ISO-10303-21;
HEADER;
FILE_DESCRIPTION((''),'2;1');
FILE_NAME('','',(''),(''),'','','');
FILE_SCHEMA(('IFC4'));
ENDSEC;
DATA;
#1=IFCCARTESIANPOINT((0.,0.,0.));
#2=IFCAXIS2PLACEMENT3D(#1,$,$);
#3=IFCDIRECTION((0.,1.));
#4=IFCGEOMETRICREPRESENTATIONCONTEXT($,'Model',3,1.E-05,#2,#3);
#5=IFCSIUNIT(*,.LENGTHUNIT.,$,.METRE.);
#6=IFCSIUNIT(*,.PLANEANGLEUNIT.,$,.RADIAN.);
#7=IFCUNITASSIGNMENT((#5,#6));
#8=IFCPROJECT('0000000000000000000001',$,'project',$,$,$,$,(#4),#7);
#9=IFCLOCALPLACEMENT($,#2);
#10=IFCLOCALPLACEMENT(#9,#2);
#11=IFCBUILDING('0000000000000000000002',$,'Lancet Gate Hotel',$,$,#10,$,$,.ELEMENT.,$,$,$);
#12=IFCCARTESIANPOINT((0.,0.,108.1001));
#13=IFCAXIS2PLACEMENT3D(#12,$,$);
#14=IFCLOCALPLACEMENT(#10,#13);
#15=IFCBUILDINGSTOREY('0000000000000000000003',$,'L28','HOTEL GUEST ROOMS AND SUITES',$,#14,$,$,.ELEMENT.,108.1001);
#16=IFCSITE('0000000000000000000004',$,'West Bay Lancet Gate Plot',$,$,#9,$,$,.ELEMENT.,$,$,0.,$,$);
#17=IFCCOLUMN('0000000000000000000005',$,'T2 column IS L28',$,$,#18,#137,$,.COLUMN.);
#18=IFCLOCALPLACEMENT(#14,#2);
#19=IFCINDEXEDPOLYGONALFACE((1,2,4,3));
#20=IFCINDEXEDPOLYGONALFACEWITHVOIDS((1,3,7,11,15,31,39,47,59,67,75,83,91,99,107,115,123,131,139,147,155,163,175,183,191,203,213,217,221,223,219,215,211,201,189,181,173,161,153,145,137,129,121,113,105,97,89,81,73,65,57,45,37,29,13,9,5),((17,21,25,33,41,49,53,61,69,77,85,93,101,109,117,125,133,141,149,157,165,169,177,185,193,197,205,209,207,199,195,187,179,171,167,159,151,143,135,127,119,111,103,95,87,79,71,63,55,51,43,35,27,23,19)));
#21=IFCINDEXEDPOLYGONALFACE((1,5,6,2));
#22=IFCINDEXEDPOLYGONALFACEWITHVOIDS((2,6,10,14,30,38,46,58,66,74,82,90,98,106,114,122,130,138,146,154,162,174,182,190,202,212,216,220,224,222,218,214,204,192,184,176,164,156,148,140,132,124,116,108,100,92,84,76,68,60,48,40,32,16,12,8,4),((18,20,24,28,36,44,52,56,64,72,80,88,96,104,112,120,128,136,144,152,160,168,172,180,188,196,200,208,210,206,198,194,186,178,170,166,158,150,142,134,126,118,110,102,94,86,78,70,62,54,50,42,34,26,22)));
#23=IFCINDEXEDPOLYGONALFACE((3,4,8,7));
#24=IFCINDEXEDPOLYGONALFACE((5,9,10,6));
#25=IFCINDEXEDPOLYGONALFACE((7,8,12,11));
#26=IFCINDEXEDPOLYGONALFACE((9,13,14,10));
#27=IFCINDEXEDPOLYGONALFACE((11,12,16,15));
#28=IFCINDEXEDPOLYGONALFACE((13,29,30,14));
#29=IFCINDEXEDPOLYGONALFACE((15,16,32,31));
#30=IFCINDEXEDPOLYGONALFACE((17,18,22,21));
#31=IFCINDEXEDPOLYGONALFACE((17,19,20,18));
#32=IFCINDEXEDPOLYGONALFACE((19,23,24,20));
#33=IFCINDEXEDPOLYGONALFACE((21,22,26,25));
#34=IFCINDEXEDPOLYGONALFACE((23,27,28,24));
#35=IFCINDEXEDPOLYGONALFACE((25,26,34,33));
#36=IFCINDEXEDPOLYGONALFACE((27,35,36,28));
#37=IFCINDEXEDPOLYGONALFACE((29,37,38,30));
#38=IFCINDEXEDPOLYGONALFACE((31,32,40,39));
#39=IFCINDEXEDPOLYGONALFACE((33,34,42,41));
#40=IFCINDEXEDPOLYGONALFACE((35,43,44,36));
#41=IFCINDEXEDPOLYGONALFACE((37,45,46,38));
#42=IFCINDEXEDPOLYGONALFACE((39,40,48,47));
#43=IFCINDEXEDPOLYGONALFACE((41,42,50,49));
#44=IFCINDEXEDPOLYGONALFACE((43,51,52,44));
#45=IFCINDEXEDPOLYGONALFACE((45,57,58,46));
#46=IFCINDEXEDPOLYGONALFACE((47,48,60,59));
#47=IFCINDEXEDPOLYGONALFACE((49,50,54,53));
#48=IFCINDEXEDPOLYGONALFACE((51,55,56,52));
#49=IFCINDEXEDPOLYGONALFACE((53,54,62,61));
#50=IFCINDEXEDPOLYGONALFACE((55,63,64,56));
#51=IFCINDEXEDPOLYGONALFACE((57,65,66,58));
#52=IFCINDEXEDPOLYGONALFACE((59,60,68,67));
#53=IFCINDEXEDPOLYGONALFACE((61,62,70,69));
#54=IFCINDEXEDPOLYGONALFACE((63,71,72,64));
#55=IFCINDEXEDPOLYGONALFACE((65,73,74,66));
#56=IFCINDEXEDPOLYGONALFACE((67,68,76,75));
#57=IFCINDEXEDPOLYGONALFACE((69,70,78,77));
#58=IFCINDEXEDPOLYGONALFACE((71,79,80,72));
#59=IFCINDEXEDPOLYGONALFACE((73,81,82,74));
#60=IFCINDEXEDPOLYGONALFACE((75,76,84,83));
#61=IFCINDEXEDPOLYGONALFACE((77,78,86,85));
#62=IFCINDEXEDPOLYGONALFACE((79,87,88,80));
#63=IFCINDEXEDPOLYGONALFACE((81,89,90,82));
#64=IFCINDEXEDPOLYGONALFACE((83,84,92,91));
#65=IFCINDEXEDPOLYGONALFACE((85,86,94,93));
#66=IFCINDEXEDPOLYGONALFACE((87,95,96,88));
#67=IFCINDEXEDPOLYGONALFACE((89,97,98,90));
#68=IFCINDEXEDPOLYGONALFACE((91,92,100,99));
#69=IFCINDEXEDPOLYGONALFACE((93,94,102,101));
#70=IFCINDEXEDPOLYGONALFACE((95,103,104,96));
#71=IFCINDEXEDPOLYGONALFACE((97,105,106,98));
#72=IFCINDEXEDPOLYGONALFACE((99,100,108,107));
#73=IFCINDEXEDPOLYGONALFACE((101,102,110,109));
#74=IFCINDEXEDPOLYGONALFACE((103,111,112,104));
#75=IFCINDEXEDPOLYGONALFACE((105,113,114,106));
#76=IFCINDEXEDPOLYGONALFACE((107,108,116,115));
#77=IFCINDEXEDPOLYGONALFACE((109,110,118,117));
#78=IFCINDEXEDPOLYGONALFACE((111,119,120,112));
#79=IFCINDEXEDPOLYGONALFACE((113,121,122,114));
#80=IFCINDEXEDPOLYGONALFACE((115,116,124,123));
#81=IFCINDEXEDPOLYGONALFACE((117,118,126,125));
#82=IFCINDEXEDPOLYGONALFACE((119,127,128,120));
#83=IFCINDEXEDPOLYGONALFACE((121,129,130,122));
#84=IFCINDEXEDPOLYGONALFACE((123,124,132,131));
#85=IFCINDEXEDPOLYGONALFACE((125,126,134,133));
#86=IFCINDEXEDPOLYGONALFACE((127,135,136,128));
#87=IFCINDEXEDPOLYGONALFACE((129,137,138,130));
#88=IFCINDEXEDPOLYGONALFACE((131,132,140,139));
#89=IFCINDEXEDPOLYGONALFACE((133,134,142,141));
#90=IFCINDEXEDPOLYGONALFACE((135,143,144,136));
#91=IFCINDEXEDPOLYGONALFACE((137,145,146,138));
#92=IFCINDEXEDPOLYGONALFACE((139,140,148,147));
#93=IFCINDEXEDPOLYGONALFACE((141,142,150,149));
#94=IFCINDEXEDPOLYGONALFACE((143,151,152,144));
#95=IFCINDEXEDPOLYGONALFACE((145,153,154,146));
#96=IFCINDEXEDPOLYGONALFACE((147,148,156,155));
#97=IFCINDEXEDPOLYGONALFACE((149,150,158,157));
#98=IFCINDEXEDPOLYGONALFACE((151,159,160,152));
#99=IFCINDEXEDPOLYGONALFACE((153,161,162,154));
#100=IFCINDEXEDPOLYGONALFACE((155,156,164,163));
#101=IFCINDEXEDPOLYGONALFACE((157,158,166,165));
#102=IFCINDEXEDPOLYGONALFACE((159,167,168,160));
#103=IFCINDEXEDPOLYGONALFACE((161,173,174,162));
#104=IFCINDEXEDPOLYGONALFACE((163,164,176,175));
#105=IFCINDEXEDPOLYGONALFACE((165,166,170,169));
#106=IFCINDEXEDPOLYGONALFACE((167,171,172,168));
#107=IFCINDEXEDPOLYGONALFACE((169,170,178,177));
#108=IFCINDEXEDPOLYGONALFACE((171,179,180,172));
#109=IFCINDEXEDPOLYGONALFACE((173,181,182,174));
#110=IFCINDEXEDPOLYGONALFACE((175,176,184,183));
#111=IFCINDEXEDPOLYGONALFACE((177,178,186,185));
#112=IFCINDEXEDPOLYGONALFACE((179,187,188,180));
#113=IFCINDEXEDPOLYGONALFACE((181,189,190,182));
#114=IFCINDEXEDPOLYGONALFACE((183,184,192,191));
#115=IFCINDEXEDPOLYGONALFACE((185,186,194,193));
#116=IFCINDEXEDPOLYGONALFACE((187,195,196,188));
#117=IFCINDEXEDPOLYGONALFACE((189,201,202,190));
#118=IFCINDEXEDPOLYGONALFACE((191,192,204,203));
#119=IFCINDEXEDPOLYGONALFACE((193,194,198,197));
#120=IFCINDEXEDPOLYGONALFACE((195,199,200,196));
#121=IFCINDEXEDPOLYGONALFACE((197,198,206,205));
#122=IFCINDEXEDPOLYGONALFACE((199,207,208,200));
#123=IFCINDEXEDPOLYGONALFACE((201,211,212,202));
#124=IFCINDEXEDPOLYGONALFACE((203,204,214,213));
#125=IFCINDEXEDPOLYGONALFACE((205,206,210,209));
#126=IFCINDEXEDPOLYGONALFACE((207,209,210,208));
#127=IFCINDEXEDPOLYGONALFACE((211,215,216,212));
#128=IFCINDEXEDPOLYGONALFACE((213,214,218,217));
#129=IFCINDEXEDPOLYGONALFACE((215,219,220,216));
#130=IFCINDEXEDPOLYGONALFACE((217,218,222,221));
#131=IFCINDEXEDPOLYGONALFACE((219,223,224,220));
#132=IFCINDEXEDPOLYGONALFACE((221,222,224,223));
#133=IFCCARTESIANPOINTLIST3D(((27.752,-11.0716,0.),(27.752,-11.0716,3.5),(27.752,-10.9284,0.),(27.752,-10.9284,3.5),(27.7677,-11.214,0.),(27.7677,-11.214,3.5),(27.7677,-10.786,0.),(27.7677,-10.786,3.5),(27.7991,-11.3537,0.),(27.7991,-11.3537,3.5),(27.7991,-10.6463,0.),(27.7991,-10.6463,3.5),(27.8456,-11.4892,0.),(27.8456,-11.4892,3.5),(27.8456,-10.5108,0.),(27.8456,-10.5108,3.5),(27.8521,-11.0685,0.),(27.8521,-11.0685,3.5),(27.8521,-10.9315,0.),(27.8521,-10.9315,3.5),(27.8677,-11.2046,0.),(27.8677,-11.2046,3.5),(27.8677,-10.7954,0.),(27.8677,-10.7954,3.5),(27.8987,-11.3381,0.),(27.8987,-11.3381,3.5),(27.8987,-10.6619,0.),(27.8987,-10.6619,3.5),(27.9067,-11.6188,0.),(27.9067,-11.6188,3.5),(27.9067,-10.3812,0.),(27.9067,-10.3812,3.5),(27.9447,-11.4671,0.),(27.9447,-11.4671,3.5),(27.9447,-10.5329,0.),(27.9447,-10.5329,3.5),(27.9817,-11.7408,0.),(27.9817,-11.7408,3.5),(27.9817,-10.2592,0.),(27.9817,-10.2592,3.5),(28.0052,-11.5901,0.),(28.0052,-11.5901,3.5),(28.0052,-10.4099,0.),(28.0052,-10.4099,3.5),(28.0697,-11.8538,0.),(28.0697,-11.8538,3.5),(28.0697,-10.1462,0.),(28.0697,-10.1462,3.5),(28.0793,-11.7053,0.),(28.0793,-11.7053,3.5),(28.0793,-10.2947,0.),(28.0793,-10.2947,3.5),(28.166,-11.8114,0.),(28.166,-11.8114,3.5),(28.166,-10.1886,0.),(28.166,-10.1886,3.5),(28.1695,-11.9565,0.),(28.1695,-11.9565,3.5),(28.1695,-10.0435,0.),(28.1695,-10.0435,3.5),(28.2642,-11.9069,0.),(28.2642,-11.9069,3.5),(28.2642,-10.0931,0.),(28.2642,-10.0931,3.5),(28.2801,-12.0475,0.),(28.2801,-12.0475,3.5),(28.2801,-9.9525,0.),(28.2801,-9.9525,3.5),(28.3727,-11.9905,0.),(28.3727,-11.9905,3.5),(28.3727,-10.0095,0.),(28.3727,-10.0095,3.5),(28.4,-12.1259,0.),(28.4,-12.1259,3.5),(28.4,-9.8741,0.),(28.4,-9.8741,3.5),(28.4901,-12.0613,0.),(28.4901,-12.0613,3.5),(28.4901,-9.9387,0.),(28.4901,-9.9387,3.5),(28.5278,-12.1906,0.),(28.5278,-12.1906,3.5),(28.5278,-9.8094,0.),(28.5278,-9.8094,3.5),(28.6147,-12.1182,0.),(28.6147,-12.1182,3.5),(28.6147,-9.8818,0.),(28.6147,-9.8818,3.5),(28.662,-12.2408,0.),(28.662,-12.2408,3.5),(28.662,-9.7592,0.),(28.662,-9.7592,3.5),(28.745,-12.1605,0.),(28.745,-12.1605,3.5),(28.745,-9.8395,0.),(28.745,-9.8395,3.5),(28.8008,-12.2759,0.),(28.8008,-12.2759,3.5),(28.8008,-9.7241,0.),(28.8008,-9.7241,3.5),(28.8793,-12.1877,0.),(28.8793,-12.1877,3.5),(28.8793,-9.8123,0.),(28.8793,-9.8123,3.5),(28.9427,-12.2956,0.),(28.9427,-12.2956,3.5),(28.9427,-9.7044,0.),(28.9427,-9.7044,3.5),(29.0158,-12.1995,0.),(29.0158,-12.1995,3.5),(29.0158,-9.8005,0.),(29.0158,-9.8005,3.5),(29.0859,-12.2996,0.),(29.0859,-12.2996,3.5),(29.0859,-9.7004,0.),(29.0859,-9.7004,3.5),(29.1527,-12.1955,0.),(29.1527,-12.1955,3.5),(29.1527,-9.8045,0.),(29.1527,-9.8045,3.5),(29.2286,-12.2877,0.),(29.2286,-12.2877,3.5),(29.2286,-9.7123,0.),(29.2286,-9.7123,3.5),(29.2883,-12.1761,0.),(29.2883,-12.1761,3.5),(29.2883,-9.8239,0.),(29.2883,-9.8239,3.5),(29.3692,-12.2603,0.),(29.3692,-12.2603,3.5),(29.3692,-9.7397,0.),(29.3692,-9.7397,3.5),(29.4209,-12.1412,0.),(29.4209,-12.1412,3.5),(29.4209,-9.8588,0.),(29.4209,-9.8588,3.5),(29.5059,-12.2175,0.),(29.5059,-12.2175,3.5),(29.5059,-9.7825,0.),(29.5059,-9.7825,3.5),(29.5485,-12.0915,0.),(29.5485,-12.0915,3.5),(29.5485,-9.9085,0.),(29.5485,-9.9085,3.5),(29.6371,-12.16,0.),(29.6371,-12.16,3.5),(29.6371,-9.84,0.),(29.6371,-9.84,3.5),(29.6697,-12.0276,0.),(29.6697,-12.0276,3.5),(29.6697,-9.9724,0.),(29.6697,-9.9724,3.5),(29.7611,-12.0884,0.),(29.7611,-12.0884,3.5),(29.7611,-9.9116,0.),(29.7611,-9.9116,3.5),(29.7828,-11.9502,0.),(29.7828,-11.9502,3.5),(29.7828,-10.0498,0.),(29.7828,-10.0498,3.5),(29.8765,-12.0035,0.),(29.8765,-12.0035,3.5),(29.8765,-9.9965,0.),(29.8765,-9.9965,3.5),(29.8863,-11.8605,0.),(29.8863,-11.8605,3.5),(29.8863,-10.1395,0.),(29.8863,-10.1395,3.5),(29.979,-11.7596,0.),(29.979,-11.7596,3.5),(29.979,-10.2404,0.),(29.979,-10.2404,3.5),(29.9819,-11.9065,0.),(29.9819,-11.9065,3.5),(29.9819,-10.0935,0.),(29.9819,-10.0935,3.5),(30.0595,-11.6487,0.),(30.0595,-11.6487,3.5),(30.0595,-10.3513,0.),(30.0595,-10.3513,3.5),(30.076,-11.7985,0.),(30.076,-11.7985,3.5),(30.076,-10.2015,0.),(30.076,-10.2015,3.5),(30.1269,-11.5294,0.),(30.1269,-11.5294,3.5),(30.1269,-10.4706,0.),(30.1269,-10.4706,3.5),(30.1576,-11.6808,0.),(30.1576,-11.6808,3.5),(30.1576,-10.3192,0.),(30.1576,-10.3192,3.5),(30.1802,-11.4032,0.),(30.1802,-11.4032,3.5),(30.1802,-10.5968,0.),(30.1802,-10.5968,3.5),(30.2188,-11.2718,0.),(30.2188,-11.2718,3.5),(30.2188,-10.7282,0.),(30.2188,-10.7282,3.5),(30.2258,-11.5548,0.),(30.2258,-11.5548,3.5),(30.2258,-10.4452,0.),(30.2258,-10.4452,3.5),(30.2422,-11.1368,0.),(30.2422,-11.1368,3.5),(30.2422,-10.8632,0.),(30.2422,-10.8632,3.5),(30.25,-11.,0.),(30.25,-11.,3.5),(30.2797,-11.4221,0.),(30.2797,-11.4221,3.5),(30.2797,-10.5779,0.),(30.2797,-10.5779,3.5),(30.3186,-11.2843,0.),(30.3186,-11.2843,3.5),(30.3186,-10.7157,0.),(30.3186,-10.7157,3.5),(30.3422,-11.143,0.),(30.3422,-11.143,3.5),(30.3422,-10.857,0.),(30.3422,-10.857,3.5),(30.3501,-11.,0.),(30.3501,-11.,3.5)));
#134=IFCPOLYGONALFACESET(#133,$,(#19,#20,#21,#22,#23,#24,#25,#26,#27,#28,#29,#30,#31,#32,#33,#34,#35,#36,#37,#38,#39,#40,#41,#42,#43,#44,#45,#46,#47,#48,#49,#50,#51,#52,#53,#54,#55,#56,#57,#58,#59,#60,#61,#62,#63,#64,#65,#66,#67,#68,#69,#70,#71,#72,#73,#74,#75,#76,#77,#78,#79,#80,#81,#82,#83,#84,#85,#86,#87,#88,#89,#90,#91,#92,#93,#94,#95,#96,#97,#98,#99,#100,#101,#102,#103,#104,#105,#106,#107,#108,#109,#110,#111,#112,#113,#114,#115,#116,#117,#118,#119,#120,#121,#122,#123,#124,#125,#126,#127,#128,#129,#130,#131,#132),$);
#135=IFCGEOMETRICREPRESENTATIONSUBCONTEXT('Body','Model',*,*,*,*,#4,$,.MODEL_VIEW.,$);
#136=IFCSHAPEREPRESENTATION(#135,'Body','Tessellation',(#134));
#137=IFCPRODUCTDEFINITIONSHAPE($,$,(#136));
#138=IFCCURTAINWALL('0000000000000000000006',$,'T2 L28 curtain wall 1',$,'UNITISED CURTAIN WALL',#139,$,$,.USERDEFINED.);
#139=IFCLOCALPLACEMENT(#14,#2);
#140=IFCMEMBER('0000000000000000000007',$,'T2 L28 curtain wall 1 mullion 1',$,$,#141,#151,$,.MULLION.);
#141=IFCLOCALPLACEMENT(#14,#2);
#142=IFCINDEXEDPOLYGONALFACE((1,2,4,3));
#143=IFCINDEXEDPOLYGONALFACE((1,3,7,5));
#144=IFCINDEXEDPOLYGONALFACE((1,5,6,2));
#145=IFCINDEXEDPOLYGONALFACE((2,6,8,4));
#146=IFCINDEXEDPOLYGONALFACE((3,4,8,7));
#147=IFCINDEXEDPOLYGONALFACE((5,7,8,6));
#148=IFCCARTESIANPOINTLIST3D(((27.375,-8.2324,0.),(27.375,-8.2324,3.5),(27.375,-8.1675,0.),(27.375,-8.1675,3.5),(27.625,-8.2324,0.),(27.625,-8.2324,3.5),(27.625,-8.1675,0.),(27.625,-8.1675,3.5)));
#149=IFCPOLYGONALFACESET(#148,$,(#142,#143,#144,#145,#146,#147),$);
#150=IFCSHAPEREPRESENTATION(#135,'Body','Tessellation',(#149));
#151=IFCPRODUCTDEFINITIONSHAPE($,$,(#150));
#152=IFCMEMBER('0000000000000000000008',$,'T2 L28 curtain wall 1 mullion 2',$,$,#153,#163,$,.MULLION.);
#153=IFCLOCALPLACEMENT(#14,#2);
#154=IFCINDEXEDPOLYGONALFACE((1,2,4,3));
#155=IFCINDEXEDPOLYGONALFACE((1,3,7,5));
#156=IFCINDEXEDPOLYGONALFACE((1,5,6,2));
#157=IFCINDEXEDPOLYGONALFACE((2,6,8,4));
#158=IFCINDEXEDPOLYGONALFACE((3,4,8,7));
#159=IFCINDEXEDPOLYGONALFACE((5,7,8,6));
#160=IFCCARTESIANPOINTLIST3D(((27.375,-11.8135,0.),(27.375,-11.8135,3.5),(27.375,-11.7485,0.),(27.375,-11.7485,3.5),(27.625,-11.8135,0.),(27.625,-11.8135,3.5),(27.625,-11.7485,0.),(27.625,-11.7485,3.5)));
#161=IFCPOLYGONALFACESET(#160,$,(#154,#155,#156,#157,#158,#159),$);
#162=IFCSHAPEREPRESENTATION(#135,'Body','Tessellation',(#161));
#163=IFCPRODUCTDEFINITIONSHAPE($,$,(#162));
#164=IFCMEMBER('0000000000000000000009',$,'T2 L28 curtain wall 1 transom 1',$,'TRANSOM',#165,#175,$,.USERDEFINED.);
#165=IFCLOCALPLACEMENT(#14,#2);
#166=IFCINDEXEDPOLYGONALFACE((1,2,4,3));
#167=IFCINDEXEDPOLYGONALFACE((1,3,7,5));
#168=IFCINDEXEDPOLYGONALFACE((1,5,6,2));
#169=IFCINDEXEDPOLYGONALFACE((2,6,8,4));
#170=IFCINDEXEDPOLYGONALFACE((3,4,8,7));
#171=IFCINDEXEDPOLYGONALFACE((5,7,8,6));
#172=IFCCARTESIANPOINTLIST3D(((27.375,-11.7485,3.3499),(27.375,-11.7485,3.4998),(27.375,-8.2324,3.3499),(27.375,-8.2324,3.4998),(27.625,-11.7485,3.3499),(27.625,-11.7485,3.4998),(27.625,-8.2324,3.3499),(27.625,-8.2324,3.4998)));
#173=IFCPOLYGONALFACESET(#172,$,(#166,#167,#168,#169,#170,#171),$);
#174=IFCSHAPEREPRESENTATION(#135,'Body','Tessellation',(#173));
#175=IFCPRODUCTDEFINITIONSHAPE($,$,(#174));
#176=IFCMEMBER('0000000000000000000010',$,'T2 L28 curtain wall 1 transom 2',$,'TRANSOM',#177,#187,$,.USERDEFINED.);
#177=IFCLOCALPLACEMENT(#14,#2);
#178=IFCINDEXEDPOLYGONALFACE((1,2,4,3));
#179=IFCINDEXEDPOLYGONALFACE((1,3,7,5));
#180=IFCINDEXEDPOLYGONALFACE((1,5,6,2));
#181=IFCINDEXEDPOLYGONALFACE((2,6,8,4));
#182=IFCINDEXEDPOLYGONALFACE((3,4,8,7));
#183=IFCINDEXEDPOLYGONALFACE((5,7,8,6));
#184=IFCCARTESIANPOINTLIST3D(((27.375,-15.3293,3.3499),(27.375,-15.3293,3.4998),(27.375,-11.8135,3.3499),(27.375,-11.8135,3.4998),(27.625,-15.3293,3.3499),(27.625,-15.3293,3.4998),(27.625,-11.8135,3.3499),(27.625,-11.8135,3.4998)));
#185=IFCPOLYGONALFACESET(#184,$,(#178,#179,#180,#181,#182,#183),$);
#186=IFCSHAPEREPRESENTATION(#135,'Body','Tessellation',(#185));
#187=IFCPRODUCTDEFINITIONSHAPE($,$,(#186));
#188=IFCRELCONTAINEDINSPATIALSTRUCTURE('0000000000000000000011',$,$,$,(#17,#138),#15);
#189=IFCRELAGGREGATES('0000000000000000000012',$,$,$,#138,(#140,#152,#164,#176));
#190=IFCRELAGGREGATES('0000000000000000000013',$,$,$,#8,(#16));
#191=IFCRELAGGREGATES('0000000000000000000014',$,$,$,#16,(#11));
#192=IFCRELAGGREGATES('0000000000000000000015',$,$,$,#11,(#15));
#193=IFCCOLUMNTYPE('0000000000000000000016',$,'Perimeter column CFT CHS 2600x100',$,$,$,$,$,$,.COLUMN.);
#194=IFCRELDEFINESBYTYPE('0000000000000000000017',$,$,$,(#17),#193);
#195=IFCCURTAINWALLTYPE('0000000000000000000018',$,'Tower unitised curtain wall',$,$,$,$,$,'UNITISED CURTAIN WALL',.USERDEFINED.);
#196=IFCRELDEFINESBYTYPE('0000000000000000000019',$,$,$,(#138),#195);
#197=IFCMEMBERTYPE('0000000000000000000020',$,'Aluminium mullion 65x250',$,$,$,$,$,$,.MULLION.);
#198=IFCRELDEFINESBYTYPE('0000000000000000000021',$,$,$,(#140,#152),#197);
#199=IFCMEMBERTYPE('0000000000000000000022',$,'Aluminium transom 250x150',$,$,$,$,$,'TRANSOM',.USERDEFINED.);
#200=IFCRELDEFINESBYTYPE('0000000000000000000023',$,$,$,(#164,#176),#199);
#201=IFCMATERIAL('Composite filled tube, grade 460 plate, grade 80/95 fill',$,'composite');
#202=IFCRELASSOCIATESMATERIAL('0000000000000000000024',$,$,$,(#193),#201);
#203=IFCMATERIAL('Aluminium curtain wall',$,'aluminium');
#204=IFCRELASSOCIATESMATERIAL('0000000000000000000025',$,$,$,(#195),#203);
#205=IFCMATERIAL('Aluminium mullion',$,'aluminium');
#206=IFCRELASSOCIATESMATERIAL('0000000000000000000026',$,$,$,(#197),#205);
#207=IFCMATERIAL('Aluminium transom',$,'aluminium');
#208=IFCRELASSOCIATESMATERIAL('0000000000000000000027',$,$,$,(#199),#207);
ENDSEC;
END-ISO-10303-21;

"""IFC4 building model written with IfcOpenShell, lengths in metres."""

from ifc_helpers import new_model, si_unit, direction, frame, origin, origin_2d, place, context, subcontext, project, spatial, rectangle, hollow_circle, extrude, material, material_profile, profile_set, type_object, element, aggregate, save


model = new_model("IFC4")

# Units and contexts
model_context = context("Model", 3, precision=1e-05, world=origin(), true_north=direction((0.0, 1.0)))
body_context = subcontext(model_context, "Body", "Model", "MODEL_VIEW")
ifc_project = project(units=[si_unit("LENGTHUNIT", "METRE"), si_unit("PLANEANGLEUNIT", "RADIAN")], contexts=[model_context])

# Site, building, storey
site_placement = place(None, origin())
site = spatial("IfcSite", under=ifc_project, at=site_placement, Name="West Bay Lancet Gate Plot", CompositionType="ELEMENT", RefElevation=0.0)
building_placement = place(site_placement, origin())
building = spatial("IfcBuilding", under=site, at=building_placement, Name="Lancet Gate Hotel", CompositionType="ELEMENT")
storey_placement = place(building_placement, frame((0.0, 0.0, 108.1001)))
storey = spatial("IfcBuildingStorey", under=building, at=storey_placement, Name="L28", Description="HOTEL GUEST ROOMS AND SUITES", CompositionType="ELEMENT", Elevation=108.1001)

# Column
ifc_material_1 = material(Name="Composite filled tube, grade 460 plate, grade 80/95 fill", Category="composite")
ifc_material_profile_1 = material_profile(ifc_material_1, hollow_circle(Radius=1.3, WallThickness=0.1001, at=origin_2d()), Name="CHS 2600x100")
ifc_profile_set_1 = profile_set([ifc_material_profile_1], Name="Composite filled tube, grade 460 plate, grade 80/95 fill")
column_type = type_object("IfcColumnType", Name="Perimeter column CFT CHS 2600x100", PredefinedType="COLUMN", material=ifc_profile_set_1)
column_placement = place(storey_placement, frame((29.05, -11.0, 0.0), z_axis=(0.0, 0.0, 1.0), x_axis=(1.0, 0.0, 0.0)))
element("IfcColumn", 1, at=column_placement, inside=storey, type_object=column_type, Name="T2 column IS L28", PredefinedType="COLUMN", context=body_context, shape_type="SweptSolid", body=[
    extrude(hollow_circle(Radius=1.3, WallThickness=0.1001, at=origin_2d()), origin(), (0.0, 0.0, 1.0), 3.5),
])

# Curtain wall, members
ifc_material_2 = material(Name="Aluminium curtain wall", Category="aluminium")
curtain_wall_type = type_object("IfcCurtainWallType", Name="Tower unitised curtain wall", ElementType="UNITISED CURTAIN WALL", PredefinedType="USERDEFINED", material=ifc_material_2)
curtain_wall_placement = place(storey_placement, origin())
curtain_wall = element("IfcCurtainWall", 2, at=curtain_wall_placement, inside=storey, type_object=curtain_wall_type, Name="T2 L28 curtain wall 1", ObjectType="UNITISED CURTAIN WALL", PredefinedType="USERDEFINED")
ifc_material_3 = material(Name="Aluminium mullion", Category="aluminium")
ifc_material_profile_2 = material_profile(ifc_material_3, rectangle(XDim=0.0649, YDim=0.25, at=origin_2d()), Name="MULLION 65x250")
ifc_profile_set_2 = profile_set([ifc_material_profile_2], Name="Aluminium mullion")
member_type_1 = type_object("IfcMemberType", Name="Aluminium mullion 65x250", PredefinedType="MULLION", material=ifc_profile_set_2)
member_1_placement = place(storey_placement, frame((27.5, -8.2, 0.0), z_axis=(0.0, 0.0, 1.0), x_axis=(0.0, -1.0, 0.0)))
member_1 = element("IfcMember", 3, at=member_1_placement, type_object=member_type_1, Name="T2 L28 curtain wall 1 mullion 1", PredefinedType="MULLION", context=body_context, shape_type="SweptSolid", body=[
    extrude(rectangle(XDim=0.0649, YDim=0.25, at=origin_2d()), origin(), (0.0, 0.0, 1.0), 3.5),
])
member_2_placement = place(storey_placement, frame((27.5, -11.781, 0.0), z_axis=(0.0, 0.0, 1.0), x_axis=(0.0, -1.0, 0.0)))
member_2 = element("IfcMember", 4, at=member_2_placement, type_object=member_type_1, Name="T2 L28 curtain wall 1 mullion 2", PredefinedType="MULLION", context=body_context, shape_type="SweptSolid", body=[
    extrude(rectangle(XDim=0.0649, YDim=0.25, at=origin_2d()), origin(), (0.0, 0.0, 1.0), 3.5),
])
ifc_material_4 = material(Name="Aluminium transom", Category="aluminium")
ifc_material_profile_3 = material_profile(ifc_material_4, rectangle(XDim=0.25, YDim=0.1499, at=origin_2d()), Name="TRANSOM 250x150")
ifc_profile_set_3 = profile_set([ifc_material_profile_3], Name="Aluminium transom")
member_type_2 = type_object("IfcMemberType", Name="Aluminium transom 250x150", ElementType="TRANSOM", PredefinedType="USERDEFINED", material=ifc_profile_set_3)
member_3_placement = place(storey_placement, frame((27.5, -8.2324, 3.4248), z_axis=(0.0, -1.0, 0.0), x_axis=(1.0, 0.0, 0.0)))
member_3 = element("IfcMember", 5, at=member_3_placement, type_object=member_type_2, Name="T2 L28 curtain wall 1 transom 1", ObjectType="TRANSOM", PredefinedType="USERDEFINED", context=body_context, shape_type="SweptSolid", body=[
    extrude(rectangle(XDim=0.25, YDim=0.1499, at=origin_2d()), origin(), (0.0, 0.0, 1.0), 3.5161),
])
member_4_placement = place(storey_placement, frame((27.5, -11.8135, 3.4248), z_axis=(0.0, -1.0, 0.0), x_axis=(1.0, 0.0, 0.0)))
member_4 = element("IfcMember", 6, at=member_4_placement, type_object=member_type_2, Name="T2 L28 curtain wall 1 transom 2", ObjectType="TRANSOM", PredefinedType="USERDEFINED", context=body_context, shape_type="SweptSolid", body=[
    extrude(rectangle(XDim=0.25, YDim=0.1499, at=origin_2d()), origin(), (0.0, 0.0, 1.0), 3.5159),
])

aggregate(curtain_wall, [member_1, member_2, member_3, member_4])

save(model, "model.ifc")
